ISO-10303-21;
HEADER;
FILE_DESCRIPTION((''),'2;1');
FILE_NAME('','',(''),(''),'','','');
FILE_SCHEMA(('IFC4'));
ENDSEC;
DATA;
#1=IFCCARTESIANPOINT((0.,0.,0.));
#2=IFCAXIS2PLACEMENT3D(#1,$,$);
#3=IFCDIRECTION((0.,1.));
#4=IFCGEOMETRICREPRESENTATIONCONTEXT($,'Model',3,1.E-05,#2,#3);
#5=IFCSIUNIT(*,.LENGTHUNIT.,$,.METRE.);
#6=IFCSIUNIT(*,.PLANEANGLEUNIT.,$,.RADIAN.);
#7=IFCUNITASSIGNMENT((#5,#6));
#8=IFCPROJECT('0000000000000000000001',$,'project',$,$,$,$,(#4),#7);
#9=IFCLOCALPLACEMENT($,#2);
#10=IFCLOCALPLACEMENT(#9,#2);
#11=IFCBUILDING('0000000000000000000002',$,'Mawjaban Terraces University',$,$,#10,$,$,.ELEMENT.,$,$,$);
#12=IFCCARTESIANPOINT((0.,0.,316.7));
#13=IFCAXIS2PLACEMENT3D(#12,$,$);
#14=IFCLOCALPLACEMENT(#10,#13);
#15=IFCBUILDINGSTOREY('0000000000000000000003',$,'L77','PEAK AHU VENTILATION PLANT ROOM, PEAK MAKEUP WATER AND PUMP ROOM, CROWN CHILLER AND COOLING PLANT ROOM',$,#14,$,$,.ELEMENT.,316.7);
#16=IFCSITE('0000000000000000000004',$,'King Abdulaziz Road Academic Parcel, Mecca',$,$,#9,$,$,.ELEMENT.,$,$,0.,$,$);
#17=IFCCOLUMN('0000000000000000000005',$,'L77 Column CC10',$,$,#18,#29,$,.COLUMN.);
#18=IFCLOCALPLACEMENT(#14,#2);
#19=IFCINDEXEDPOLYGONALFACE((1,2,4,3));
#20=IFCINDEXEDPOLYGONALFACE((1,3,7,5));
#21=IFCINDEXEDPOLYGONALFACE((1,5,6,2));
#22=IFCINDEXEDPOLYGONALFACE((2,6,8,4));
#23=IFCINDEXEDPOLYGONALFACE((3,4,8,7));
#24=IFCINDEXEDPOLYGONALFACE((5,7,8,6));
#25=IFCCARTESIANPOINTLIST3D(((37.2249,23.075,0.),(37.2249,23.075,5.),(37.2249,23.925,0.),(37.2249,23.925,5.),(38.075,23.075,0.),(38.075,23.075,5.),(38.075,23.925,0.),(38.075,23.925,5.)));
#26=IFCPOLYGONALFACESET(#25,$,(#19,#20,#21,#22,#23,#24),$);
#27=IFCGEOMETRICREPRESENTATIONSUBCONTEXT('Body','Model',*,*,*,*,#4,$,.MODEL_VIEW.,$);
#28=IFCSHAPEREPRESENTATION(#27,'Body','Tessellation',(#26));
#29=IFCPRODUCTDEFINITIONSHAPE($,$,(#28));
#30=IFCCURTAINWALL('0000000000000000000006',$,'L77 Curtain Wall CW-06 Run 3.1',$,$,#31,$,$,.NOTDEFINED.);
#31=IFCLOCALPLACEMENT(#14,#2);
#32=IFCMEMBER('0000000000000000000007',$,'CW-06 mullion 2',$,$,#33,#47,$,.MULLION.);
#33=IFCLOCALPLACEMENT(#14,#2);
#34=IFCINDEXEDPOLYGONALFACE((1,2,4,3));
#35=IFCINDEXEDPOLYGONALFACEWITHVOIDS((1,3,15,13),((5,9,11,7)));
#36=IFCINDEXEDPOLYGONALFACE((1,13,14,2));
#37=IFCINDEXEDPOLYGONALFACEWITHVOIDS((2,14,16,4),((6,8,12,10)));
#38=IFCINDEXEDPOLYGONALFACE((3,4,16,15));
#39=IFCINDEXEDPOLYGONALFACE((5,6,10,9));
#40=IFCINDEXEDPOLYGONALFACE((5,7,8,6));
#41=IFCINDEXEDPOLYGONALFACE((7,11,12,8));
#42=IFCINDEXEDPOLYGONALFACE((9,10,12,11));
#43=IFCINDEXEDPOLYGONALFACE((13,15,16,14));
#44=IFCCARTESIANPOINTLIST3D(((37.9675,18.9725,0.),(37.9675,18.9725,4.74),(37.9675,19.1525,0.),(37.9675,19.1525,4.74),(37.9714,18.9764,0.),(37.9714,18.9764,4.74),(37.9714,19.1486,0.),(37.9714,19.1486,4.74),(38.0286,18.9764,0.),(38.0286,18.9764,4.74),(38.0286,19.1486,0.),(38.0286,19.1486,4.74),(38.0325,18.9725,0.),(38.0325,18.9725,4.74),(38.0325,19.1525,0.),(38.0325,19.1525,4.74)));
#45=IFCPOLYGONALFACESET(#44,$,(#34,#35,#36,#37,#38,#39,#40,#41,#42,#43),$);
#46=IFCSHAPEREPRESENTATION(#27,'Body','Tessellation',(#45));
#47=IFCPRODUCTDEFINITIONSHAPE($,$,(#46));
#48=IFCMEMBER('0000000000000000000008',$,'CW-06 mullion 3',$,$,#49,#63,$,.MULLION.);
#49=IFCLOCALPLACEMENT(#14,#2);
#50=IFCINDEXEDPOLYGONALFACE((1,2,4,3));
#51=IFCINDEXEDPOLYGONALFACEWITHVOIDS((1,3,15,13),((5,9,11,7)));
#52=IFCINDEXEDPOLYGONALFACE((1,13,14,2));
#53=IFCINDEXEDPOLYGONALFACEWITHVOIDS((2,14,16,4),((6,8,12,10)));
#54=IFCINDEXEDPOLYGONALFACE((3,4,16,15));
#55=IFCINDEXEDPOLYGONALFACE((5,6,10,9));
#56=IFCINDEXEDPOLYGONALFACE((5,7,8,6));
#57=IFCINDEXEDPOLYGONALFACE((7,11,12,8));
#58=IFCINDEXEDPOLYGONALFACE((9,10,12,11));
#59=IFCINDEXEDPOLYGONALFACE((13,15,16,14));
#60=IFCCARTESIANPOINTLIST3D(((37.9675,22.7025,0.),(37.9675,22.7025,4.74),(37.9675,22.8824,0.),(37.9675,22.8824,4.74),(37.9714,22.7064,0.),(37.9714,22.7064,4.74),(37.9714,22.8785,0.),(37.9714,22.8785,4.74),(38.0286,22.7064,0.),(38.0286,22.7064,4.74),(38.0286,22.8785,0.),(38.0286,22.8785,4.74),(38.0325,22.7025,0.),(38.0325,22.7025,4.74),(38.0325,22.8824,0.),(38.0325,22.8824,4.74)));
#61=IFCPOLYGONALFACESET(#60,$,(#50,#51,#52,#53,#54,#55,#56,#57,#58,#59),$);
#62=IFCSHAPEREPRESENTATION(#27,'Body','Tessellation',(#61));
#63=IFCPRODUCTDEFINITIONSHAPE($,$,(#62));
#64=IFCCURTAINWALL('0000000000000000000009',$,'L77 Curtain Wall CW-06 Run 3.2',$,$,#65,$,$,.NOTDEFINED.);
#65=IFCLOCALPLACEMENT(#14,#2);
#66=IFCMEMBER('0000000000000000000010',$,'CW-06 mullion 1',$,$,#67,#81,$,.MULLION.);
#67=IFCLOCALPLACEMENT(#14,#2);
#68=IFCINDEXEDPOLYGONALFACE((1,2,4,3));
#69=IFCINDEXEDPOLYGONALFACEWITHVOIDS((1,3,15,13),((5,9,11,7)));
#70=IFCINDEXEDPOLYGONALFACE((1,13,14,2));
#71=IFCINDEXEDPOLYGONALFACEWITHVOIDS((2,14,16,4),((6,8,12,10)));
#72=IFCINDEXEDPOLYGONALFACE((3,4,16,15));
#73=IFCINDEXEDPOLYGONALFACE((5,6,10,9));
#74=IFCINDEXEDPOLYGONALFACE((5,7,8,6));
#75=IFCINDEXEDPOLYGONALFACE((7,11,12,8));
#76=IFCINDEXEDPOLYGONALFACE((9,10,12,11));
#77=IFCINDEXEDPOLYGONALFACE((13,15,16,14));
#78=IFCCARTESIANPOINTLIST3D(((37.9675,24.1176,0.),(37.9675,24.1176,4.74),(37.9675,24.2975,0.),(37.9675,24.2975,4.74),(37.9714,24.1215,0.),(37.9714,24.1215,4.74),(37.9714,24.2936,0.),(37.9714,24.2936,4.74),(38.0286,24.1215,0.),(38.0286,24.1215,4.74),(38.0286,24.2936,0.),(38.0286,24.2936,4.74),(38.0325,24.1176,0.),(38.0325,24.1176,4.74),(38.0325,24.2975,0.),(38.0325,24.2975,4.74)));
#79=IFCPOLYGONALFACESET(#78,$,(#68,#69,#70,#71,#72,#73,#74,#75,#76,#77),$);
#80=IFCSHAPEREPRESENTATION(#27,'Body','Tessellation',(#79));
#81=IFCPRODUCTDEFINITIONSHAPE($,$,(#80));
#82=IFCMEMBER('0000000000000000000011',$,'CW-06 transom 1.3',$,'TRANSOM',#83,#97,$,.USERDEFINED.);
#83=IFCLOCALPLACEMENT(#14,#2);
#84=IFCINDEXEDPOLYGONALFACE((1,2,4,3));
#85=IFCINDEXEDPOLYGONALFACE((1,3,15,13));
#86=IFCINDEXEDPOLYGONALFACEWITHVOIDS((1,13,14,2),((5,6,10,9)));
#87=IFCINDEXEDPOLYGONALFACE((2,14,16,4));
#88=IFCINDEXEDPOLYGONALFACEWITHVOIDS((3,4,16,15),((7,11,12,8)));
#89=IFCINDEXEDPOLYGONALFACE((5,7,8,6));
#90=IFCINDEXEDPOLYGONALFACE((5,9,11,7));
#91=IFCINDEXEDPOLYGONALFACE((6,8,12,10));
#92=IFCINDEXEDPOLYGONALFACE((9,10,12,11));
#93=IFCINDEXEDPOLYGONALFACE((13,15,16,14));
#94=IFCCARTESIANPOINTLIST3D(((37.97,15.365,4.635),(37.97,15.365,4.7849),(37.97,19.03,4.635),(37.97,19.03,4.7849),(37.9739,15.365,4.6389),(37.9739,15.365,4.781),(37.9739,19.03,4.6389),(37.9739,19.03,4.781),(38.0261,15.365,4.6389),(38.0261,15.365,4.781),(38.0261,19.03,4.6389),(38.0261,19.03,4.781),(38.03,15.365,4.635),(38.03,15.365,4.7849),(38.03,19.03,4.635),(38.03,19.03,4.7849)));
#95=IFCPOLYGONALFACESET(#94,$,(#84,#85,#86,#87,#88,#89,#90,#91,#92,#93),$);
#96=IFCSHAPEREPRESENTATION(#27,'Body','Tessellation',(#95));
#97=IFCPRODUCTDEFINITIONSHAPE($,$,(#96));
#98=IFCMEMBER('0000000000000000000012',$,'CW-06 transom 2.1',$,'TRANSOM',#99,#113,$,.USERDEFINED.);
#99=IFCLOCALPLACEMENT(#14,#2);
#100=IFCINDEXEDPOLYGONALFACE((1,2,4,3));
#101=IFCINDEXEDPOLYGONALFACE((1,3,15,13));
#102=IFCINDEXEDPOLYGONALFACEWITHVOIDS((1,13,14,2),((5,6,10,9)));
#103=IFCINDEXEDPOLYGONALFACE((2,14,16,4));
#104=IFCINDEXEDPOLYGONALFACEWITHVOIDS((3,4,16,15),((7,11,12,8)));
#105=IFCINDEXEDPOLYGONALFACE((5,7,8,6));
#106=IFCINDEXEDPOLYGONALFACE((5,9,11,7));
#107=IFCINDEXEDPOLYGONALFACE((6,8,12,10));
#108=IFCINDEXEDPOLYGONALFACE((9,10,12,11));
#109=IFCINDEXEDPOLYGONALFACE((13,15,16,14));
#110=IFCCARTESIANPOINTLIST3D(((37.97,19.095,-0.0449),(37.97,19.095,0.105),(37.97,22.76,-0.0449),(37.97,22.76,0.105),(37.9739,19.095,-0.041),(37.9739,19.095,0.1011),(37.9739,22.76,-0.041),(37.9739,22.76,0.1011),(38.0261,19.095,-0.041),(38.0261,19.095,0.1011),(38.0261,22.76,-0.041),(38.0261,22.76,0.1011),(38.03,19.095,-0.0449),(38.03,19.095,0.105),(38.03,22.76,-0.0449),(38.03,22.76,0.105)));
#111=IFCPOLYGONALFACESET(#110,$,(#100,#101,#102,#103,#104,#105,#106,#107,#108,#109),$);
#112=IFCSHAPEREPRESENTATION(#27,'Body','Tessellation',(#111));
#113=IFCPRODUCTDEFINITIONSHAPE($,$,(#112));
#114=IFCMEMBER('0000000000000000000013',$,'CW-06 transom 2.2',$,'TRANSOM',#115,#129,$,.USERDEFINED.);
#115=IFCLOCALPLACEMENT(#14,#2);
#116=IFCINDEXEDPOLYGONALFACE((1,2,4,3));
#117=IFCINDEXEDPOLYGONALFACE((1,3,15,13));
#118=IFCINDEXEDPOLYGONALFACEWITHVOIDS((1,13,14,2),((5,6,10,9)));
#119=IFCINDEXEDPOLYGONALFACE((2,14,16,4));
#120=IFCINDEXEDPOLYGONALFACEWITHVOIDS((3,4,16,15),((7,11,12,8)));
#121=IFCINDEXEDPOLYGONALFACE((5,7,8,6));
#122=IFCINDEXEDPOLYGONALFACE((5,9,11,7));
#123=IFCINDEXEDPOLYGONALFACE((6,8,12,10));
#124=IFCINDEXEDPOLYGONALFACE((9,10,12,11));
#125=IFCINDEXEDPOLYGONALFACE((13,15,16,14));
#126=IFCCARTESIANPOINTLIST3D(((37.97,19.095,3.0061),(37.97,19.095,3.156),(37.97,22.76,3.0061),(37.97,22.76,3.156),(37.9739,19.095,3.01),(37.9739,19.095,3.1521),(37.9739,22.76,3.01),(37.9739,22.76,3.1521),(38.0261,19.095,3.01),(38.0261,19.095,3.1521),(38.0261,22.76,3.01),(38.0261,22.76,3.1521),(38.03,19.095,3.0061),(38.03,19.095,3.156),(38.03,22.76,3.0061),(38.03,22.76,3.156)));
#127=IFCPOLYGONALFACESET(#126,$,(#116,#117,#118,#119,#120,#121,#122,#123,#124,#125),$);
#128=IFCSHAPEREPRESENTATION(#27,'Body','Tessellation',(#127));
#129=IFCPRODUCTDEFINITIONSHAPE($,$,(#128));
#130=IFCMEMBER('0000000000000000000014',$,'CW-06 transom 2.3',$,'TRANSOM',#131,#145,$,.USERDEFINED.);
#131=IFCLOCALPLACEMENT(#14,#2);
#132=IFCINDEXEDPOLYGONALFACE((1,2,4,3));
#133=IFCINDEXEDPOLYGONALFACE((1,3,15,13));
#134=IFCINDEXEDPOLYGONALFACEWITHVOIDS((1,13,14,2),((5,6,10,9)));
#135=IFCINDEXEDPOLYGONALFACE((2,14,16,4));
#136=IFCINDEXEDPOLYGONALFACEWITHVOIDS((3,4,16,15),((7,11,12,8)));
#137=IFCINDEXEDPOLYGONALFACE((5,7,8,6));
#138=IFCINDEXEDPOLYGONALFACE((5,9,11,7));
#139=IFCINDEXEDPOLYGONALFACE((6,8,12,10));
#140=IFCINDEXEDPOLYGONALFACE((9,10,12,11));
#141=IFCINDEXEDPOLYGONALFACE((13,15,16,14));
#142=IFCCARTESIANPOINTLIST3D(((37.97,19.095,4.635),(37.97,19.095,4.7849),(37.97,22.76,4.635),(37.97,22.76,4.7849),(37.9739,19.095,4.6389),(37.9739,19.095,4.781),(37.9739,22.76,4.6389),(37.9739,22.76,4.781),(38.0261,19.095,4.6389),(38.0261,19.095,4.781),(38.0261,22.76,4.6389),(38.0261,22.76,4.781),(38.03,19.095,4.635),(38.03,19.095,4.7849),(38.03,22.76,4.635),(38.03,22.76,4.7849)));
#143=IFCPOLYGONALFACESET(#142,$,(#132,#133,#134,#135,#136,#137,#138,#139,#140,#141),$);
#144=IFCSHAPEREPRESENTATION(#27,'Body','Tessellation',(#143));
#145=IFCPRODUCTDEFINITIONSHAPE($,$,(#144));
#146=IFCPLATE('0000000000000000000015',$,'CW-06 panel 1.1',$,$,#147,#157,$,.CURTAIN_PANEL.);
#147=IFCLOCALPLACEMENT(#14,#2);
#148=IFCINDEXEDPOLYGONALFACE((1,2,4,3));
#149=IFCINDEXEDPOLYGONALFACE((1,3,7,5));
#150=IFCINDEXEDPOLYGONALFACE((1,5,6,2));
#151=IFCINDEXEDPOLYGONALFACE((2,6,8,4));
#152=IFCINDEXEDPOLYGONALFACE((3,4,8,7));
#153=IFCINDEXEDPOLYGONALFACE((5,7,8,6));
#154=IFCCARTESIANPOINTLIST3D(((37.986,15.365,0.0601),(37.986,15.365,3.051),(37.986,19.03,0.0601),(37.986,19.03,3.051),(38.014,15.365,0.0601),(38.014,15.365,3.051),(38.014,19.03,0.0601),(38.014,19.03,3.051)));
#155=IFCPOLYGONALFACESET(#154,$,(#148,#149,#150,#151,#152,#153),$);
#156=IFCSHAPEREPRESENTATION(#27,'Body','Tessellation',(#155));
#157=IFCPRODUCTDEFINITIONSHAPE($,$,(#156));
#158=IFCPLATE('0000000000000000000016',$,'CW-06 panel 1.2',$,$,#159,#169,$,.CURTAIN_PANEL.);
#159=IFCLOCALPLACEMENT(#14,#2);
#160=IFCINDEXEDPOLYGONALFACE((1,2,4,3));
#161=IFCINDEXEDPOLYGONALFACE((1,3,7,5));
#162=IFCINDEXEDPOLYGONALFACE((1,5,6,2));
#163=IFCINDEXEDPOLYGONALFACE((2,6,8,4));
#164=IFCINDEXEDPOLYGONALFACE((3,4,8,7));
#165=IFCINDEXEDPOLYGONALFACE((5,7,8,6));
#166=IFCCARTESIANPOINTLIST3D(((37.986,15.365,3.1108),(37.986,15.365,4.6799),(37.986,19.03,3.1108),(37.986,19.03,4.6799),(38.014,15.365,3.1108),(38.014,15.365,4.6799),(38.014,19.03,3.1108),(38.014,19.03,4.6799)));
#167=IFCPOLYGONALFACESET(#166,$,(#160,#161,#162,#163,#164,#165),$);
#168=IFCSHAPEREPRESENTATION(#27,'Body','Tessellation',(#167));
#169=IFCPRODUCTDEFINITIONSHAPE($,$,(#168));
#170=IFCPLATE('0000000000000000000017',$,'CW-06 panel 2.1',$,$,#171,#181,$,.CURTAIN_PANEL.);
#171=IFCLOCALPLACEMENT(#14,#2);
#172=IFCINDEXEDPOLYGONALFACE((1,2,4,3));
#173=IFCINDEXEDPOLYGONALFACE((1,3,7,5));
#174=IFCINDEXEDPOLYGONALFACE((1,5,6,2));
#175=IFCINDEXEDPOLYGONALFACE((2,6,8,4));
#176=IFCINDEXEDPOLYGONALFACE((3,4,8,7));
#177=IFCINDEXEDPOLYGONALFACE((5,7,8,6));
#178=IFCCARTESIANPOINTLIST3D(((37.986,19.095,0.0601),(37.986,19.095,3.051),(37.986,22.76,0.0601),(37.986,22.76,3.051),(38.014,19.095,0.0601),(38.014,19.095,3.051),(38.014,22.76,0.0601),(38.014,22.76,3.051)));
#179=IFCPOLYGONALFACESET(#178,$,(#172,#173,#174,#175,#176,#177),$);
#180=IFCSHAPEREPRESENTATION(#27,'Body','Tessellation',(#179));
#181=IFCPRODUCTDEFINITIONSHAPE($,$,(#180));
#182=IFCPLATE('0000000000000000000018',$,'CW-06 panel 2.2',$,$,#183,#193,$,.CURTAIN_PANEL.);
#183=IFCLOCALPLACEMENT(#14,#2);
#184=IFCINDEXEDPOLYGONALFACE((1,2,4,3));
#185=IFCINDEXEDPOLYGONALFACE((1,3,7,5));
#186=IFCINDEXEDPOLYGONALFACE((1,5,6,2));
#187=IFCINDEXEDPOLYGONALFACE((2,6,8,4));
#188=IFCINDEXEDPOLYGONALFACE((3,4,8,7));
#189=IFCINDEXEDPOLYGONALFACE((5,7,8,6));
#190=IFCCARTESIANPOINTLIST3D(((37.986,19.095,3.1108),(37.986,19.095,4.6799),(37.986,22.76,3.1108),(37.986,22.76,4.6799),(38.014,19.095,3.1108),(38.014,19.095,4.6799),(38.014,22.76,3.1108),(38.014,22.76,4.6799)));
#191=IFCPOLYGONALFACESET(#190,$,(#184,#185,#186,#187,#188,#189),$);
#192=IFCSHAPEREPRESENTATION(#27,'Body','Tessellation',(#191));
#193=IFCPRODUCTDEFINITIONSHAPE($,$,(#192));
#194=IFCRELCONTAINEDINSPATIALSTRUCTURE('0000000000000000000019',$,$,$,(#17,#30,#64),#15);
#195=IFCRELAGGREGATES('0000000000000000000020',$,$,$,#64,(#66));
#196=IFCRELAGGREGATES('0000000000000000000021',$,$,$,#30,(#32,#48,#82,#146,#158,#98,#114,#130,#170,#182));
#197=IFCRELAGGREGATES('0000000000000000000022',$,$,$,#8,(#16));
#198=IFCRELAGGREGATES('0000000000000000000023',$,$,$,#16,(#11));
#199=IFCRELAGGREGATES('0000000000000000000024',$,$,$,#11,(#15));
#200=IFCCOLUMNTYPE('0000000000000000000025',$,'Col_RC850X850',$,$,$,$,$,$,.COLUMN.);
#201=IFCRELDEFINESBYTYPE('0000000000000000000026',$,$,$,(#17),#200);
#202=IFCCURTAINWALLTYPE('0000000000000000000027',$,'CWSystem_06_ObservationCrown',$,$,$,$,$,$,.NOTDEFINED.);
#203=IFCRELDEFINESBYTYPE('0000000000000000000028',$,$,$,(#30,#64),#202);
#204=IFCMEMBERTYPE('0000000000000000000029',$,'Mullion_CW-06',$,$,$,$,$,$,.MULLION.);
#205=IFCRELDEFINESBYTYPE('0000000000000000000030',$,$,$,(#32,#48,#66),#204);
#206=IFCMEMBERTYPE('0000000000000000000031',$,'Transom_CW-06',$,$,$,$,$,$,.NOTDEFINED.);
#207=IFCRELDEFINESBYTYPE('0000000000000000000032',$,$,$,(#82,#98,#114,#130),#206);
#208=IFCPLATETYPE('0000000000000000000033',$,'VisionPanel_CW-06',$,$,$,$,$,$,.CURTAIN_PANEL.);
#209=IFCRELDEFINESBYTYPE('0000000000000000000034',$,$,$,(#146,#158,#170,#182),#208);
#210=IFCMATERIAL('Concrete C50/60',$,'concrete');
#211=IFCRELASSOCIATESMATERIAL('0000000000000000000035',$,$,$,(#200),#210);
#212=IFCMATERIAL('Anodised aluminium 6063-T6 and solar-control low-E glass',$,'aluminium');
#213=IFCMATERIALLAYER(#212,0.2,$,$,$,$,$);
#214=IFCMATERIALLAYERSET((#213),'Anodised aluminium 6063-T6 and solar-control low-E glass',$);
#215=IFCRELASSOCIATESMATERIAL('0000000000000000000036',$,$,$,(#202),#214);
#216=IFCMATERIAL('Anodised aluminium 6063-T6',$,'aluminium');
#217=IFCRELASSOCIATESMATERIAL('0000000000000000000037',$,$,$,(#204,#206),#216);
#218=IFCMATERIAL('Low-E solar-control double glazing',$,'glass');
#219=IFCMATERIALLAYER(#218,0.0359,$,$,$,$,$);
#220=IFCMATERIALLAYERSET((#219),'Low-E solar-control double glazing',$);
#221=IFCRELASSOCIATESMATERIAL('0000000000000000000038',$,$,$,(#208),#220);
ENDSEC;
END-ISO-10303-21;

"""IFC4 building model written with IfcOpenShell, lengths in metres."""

from ifc_helpers import new_model, si_unit, direction, frame, origin, origin_2d, place, context, subcontext, project, spatial, rectangle, hollow_rectangle, extrude, material, layer, layer_set, material_profile, profile_set, type_object, element, aggregate, save


model = new_model("IFC4")

# Units and contexts
model_context = context("Model", 3, precision=1e-05, world=origin(), true_north=direction((0.0, 1.0)))
body_context = subcontext(model_context, "Body", "Model", "MODEL_VIEW")
ifc_project = project(units=[si_unit("LENGTHUNIT", "METRE"), si_unit("PLANEANGLEUNIT", "RADIAN")], contexts=[model_context])

# Site, building, storey
site_placement = place(None, origin())
site = spatial("IfcSite", under=ifc_project, at=site_placement, Name="King Abdulaziz Road Academic Parcel, Mecca", CompositionType="ELEMENT", RefElevation=0.0)
building_placement = place(site_placement, origin())
building = spatial("IfcBuilding", under=site, at=building_placement, Name="Mawjaban Terraces University", CompositionType="ELEMENT")
storey_placement = place(building_placement, frame((0.0, 0.0, 316.7)))
storey = spatial("IfcBuildingStorey", under=building, at=storey_placement, Name="L77", Description="PEAK AHU VENTILATION PLANT ROOM, PEAK MAKEUP WATER AND PUMP ROOM, CROWN CHILLER AND COOLING PLANT ROOM", CompositionType="ELEMENT", Elevation=316.7)

# Column
ifc_material_1 = material(Name="Concrete C50/60", Category="concrete")
ifc_material_profile_1 = material_profile(ifc_material_1, rectangle(XDim=0.8501, YDim=0.8501, at=origin_2d()), Name="RC850X850")
ifc_profile_set_1 = profile_set([ifc_material_profile_1], Name="Concrete C50/60")
column_type = type_object("IfcColumnType", Name="Col_RC850X850", PredefinedType="COLUMN", material=ifc_profile_set_1)
column_placement = place(storey_placement, frame((37.6499, 23.5, 0.0), z_axis=(0.0, 0.0, 1.0), x_axis=(1.0, 0.0, 0.0)))
element("IfcColumn", 1, at=column_placement, inside=storey, type_object=column_type, Name="L77 Column CC10", PredefinedType="COLUMN", context=body_context, shape_type="SweptSolid", body=[
    extrude(rectangle(XDim=0.8501, YDim=0.8501, at=origin_2d()), origin(), (0.0, 0.0, 1.0), 5.0),
])

# Curtain wall, members
ifc_material_2 = material(Name="Anodised aluminium 6063-T6 and solar-control low-E glass", Category="aluminium")
ifc_layer_1 = layer(ifc_material_2, 0.2)
ifc_layer_set_1 = layer_set([ifc_layer_1], Name="Anodised aluminium 6063-T6 and solar-control low-E glass")
curtain_wall_type = type_object("IfcCurtainWallType", Name="CWSystem_06_ObservationCrown", PredefinedType="NOTDEFINED", material=ifc_layer_set_1)
curtain_wall_1_placement = place(storey_placement, origin())
curtain_wall_1 = element("IfcCurtainWall", 2, at=curtain_wall_1_placement, inside=storey, type_object=curtain_wall_type, Name="L77 Curtain Wall CW-06 Run 3.1", PredefinedType="NOTDEFINED")
ifc_material_3 = material(Name="Anodised aluminium 6063-T6", Category="aluminium")
ifc_material_profile_2 = material_profile(ifc_material_3, hollow_rectangle(XDim=0.0649, YDim=0.1799, WallThickness=0.0039, at=origin_2d()), Name="ALU180X65X4")
ifc_profile_set_2 = profile_set([ifc_material_profile_2], Name="Anodised aluminium 6063-T6")
member_type_1 = type_object("IfcMemberType", Name="Mullion_CW-06", PredefinedType="MULLION", material=ifc_profile_set_2)
member_1_placement = place(storey_placement, frame((38.0, 19.0625, 0.0), z_axis=(0.0, 0.0, 1.0), x_axis=(-1.0, 0.0, 0.0)))
member_1 = element("IfcMember", 3, at=member_1_placement, type_object=member_type_1, Name="CW-06 mullion 2", PredefinedType="MULLION", context=body_context, shape_type="SweptSolid", body=[
    extrude(hollow_rectangle(XDim=0.0649, YDim=0.1799, WallThickness=0.0039, at=origin_2d()), origin(), (0.0, 0.0, 1.0), 4.74),
])
member_2_placement = place(storey_placement, frame((38.0, 22.7925, 0.0), z_axis=(0.0, 0.0, 1.0), x_axis=(-1.0, 0.0, 0.0)))
member_2 = element("IfcMember", 4, at=member_2_placement, type_object=member_type_1, Name="CW-06 mullion 3", PredefinedType="MULLION", context=body_context, shape_type="SweptSolid", body=[
    extrude(hollow_rectangle(XDim=0.0649, YDim=0.1799, WallThickness=0.0039, at=origin_2d()), origin(), (0.0, 0.0, 1.0), 4.74),
])

# Curtain wall, member
curtain_wall_2_placement = place(storey_placement, origin())
curtain_wall_2 = element("IfcCurtainWall", 5, at=curtain_wall_2_placement, inside=storey, type_object=curtain_wall_type, Name="L77 Curtain Wall CW-06 Run 3.2", PredefinedType="NOTDEFINED")
member_3_placement = place(storey_placement, frame((38.0, 24.2075, 0.0), z_axis=(0.0, 0.0, 1.0), x_axis=(-1.0, 0.0, 0.0)))
member_3 = element("IfcMember", 6, at=member_3_placement, type_object=member_type_1, Name="CW-06 mullion 1", PredefinedType="MULLION", context=body_context, shape_type="SweptSolid", body=[
    extrude(hollow_rectangle(XDim=0.0649, YDim=0.1799, WallThickness=0.0039, at=origin_2d()), origin(), (0.0, 0.0, 1.0), 4.74),
])
aggregate(curtain_wall_2, [member_3])

# Members
ifc_material_profile_3 = material_profile(ifc_material_3, hollow_rectangle(XDim=0.0601, YDim=0.1499, WallThickness=0.0039, at=origin_2d()), Name="ALU150X60X4")
ifc_profile_set_3 = profile_set([ifc_material_profile_3], Name="Anodised aluminium 6063-T6")
member_type_2 = type_object("IfcMemberType", Name="Transom_CW-06", PredefinedType="NOTDEFINED", material=ifc_profile_set_3)
member_4_placement = place(storey_placement, frame((38.0, 15.365, 4.71), z_axis=(0.0, 1.0, 0.0), x_axis=(-1.0, 0.0, 0.0)))
member_4 = element("IfcMember", 7, at=member_4_placement, type_object=member_type_2, Name="CW-06 transom 1.3", ObjectType="TRANSOM", PredefinedType="USERDEFINED", context=body_context, shape_type="SweptSolid", body=[
    extrude(hollow_rectangle(XDim=0.0601, YDim=0.1499, WallThickness=0.0039, at=origin_2d()), origin(), (0.0, 0.0, 1.0), 3.665),
])
member_5_placement = place(storey_placement, frame((38.0, 19.095, 0.03), z_axis=(0.0, 1.0, 0.0), x_axis=(-1.0, 0.0, 0.0)))
member_5 = element("IfcMember", 8, at=member_5_placement, type_object=member_type_2, Name="CW-06 transom 2.1", ObjectType="TRANSOM", PredefinedType="USERDEFINED", context=body_context, shape_type="SweptSolid", body=[
    extrude(hollow_rectangle(XDim=0.0601, YDim=0.1499, WallThickness=0.0039, at=origin_2d()), origin(), (0.0, 0.0, 1.0), 3.665),
])
member_6_placement = place(storey_placement, frame((38.0, 19.095, 3.0811), z_axis=(0.0, 1.0, 0.0), x_axis=(-1.0, 0.0, 0.0)))
member_6 = element("IfcMember", 9, at=member_6_placement, type_object=member_type_2, Name="CW-06 transom 2.2", ObjectType="TRANSOM", PredefinedType="USERDEFINED", context=body_context, shape_type="SweptSolid", body=[
    extrude(hollow_rectangle(XDim=0.0601, YDim=0.1499, WallThickness=0.0039, at=origin_2d()), origin(), (0.0, 0.0, 1.0), 3.665),
])
member_7_placement = place(storey_placement, frame((38.0, 19.095, 4.71), z_axis=(0.0, 1.0, 0.0), x_axis=(-1.0, 0.0, 0.0)))
member_7 = element("IfcMember", 10, at=member_7_placement, type_object=member_type_2, Name="CW-06 transom 2.3", ObjectType="TRANSOM", PredefinedType="USERDEFINED", context=body_context, shape_type="SweptSolid", body=[
    extrude(hollow_rectangle(XDim=0.0601, YDim=0.1499, WallThickness=0.0039, at=origin_2d()), origin(), (0.0, 0.0, 1.0), 3.665),
])

# Plates
ifc_material_4 = material(Name="Low-E solar-control double glazing", Category="glass")
ifc_layer_2 = layer(ifc_material_4, 0.0359)
ifc_layer_set_2 = layer_set([ifc_layer_2], Name="Low-E solar-control double glazing")
plate_type = type_object("IfcPlateType", Name="VisionPanel_CW-06", PredefinedType="CURTAIN_PANEL", material=ifc_layer_set_2)
plate_1_placement = place(storey_placement, frame((38.0, 17.1975, 0.0601), z_axis=(0.0, 0.0, 1.0), x_axis=(0.0, 1.0, 0.0)))
plate_1 = element("IfcPlate", 11, at=plate_1_placement, type_object=plate_type, Name="CW-06 panel 1.1", PredefinedType="CURTAIN_PANEL", context=body_context, shape_type="SweptSolid", body=[
    extrude(rectangle(XDim=3.665, YDim=0.0281, at=origin_2d()), origin(), (0.0, 0.0, 1.0), 2.991),
])
plate_2_placement = place(storey_placement, frame((38.0, 17.1975, 3.1108), z_axis=(0.0, 0.0, 1.0), x_axis=(0.0, 1.0, 0.0)))
plate_2 = element("IfcPlate", 12, at=plate_2_placement, type_object=plate_type, Name="CW-06 panel 1.2", PredefinedType="CURTAIN_PANEL", context=body_context, shape_type="SweptSolid", body=[
    extrude(rectangle(XDim=3.665, YDim=0.0281, at=origin_2d()), origin(), (0.0, 0.0, 1.0), 1.5691),
])
plate_3_placement = place(storey_placement, frame((38.0, 20.9275, 0.0601), z_axis=(0.0, 0.0, 1.0), x_axis=(0.0, 1.0, 0.0)))
plate_3 = element("IfcPlate", 13, at=plate_3_placement, type_object=plate_type, Name="CW-06 panel 2.1", PredefinedType="CURTAIN_PANEL", context=body_context, shape_type="SweptSolid", body=[
    extrude(rectangle(XDim=3.665, YDim=0.0281, at=origin_2d()), origin(), (0.0, 0.0, 1.0), 2.991),
])
plate_4_placement = place(storey_placement, frame((38.0, 20.9275, 3.1108), z_axis=(0.0, 0.0, 1.0), x_axis=(0.0, 1.0, 0.0)))
plate_4 = element("IfcPlate", 14, at=plate_4_placement, type_object=plate_type, Name="CW-06 panel 2.2", PredefinedType="CURTAIN_PANEL", context=body_context, shape_type="SweptSolid", body=[
    extrude(rectangle(XDim=3.665, YDim=0.0281, at=origin_2d()), origin(), (0.0, 0.0, 1.0), 1.5691),
])
aggregate(curtain_wall_1, [member_1, member_2, member_4, plate_1, plate_2, member_5, member_6, member_7, plate_3, plate_4])

save(model, "model.ifc")
